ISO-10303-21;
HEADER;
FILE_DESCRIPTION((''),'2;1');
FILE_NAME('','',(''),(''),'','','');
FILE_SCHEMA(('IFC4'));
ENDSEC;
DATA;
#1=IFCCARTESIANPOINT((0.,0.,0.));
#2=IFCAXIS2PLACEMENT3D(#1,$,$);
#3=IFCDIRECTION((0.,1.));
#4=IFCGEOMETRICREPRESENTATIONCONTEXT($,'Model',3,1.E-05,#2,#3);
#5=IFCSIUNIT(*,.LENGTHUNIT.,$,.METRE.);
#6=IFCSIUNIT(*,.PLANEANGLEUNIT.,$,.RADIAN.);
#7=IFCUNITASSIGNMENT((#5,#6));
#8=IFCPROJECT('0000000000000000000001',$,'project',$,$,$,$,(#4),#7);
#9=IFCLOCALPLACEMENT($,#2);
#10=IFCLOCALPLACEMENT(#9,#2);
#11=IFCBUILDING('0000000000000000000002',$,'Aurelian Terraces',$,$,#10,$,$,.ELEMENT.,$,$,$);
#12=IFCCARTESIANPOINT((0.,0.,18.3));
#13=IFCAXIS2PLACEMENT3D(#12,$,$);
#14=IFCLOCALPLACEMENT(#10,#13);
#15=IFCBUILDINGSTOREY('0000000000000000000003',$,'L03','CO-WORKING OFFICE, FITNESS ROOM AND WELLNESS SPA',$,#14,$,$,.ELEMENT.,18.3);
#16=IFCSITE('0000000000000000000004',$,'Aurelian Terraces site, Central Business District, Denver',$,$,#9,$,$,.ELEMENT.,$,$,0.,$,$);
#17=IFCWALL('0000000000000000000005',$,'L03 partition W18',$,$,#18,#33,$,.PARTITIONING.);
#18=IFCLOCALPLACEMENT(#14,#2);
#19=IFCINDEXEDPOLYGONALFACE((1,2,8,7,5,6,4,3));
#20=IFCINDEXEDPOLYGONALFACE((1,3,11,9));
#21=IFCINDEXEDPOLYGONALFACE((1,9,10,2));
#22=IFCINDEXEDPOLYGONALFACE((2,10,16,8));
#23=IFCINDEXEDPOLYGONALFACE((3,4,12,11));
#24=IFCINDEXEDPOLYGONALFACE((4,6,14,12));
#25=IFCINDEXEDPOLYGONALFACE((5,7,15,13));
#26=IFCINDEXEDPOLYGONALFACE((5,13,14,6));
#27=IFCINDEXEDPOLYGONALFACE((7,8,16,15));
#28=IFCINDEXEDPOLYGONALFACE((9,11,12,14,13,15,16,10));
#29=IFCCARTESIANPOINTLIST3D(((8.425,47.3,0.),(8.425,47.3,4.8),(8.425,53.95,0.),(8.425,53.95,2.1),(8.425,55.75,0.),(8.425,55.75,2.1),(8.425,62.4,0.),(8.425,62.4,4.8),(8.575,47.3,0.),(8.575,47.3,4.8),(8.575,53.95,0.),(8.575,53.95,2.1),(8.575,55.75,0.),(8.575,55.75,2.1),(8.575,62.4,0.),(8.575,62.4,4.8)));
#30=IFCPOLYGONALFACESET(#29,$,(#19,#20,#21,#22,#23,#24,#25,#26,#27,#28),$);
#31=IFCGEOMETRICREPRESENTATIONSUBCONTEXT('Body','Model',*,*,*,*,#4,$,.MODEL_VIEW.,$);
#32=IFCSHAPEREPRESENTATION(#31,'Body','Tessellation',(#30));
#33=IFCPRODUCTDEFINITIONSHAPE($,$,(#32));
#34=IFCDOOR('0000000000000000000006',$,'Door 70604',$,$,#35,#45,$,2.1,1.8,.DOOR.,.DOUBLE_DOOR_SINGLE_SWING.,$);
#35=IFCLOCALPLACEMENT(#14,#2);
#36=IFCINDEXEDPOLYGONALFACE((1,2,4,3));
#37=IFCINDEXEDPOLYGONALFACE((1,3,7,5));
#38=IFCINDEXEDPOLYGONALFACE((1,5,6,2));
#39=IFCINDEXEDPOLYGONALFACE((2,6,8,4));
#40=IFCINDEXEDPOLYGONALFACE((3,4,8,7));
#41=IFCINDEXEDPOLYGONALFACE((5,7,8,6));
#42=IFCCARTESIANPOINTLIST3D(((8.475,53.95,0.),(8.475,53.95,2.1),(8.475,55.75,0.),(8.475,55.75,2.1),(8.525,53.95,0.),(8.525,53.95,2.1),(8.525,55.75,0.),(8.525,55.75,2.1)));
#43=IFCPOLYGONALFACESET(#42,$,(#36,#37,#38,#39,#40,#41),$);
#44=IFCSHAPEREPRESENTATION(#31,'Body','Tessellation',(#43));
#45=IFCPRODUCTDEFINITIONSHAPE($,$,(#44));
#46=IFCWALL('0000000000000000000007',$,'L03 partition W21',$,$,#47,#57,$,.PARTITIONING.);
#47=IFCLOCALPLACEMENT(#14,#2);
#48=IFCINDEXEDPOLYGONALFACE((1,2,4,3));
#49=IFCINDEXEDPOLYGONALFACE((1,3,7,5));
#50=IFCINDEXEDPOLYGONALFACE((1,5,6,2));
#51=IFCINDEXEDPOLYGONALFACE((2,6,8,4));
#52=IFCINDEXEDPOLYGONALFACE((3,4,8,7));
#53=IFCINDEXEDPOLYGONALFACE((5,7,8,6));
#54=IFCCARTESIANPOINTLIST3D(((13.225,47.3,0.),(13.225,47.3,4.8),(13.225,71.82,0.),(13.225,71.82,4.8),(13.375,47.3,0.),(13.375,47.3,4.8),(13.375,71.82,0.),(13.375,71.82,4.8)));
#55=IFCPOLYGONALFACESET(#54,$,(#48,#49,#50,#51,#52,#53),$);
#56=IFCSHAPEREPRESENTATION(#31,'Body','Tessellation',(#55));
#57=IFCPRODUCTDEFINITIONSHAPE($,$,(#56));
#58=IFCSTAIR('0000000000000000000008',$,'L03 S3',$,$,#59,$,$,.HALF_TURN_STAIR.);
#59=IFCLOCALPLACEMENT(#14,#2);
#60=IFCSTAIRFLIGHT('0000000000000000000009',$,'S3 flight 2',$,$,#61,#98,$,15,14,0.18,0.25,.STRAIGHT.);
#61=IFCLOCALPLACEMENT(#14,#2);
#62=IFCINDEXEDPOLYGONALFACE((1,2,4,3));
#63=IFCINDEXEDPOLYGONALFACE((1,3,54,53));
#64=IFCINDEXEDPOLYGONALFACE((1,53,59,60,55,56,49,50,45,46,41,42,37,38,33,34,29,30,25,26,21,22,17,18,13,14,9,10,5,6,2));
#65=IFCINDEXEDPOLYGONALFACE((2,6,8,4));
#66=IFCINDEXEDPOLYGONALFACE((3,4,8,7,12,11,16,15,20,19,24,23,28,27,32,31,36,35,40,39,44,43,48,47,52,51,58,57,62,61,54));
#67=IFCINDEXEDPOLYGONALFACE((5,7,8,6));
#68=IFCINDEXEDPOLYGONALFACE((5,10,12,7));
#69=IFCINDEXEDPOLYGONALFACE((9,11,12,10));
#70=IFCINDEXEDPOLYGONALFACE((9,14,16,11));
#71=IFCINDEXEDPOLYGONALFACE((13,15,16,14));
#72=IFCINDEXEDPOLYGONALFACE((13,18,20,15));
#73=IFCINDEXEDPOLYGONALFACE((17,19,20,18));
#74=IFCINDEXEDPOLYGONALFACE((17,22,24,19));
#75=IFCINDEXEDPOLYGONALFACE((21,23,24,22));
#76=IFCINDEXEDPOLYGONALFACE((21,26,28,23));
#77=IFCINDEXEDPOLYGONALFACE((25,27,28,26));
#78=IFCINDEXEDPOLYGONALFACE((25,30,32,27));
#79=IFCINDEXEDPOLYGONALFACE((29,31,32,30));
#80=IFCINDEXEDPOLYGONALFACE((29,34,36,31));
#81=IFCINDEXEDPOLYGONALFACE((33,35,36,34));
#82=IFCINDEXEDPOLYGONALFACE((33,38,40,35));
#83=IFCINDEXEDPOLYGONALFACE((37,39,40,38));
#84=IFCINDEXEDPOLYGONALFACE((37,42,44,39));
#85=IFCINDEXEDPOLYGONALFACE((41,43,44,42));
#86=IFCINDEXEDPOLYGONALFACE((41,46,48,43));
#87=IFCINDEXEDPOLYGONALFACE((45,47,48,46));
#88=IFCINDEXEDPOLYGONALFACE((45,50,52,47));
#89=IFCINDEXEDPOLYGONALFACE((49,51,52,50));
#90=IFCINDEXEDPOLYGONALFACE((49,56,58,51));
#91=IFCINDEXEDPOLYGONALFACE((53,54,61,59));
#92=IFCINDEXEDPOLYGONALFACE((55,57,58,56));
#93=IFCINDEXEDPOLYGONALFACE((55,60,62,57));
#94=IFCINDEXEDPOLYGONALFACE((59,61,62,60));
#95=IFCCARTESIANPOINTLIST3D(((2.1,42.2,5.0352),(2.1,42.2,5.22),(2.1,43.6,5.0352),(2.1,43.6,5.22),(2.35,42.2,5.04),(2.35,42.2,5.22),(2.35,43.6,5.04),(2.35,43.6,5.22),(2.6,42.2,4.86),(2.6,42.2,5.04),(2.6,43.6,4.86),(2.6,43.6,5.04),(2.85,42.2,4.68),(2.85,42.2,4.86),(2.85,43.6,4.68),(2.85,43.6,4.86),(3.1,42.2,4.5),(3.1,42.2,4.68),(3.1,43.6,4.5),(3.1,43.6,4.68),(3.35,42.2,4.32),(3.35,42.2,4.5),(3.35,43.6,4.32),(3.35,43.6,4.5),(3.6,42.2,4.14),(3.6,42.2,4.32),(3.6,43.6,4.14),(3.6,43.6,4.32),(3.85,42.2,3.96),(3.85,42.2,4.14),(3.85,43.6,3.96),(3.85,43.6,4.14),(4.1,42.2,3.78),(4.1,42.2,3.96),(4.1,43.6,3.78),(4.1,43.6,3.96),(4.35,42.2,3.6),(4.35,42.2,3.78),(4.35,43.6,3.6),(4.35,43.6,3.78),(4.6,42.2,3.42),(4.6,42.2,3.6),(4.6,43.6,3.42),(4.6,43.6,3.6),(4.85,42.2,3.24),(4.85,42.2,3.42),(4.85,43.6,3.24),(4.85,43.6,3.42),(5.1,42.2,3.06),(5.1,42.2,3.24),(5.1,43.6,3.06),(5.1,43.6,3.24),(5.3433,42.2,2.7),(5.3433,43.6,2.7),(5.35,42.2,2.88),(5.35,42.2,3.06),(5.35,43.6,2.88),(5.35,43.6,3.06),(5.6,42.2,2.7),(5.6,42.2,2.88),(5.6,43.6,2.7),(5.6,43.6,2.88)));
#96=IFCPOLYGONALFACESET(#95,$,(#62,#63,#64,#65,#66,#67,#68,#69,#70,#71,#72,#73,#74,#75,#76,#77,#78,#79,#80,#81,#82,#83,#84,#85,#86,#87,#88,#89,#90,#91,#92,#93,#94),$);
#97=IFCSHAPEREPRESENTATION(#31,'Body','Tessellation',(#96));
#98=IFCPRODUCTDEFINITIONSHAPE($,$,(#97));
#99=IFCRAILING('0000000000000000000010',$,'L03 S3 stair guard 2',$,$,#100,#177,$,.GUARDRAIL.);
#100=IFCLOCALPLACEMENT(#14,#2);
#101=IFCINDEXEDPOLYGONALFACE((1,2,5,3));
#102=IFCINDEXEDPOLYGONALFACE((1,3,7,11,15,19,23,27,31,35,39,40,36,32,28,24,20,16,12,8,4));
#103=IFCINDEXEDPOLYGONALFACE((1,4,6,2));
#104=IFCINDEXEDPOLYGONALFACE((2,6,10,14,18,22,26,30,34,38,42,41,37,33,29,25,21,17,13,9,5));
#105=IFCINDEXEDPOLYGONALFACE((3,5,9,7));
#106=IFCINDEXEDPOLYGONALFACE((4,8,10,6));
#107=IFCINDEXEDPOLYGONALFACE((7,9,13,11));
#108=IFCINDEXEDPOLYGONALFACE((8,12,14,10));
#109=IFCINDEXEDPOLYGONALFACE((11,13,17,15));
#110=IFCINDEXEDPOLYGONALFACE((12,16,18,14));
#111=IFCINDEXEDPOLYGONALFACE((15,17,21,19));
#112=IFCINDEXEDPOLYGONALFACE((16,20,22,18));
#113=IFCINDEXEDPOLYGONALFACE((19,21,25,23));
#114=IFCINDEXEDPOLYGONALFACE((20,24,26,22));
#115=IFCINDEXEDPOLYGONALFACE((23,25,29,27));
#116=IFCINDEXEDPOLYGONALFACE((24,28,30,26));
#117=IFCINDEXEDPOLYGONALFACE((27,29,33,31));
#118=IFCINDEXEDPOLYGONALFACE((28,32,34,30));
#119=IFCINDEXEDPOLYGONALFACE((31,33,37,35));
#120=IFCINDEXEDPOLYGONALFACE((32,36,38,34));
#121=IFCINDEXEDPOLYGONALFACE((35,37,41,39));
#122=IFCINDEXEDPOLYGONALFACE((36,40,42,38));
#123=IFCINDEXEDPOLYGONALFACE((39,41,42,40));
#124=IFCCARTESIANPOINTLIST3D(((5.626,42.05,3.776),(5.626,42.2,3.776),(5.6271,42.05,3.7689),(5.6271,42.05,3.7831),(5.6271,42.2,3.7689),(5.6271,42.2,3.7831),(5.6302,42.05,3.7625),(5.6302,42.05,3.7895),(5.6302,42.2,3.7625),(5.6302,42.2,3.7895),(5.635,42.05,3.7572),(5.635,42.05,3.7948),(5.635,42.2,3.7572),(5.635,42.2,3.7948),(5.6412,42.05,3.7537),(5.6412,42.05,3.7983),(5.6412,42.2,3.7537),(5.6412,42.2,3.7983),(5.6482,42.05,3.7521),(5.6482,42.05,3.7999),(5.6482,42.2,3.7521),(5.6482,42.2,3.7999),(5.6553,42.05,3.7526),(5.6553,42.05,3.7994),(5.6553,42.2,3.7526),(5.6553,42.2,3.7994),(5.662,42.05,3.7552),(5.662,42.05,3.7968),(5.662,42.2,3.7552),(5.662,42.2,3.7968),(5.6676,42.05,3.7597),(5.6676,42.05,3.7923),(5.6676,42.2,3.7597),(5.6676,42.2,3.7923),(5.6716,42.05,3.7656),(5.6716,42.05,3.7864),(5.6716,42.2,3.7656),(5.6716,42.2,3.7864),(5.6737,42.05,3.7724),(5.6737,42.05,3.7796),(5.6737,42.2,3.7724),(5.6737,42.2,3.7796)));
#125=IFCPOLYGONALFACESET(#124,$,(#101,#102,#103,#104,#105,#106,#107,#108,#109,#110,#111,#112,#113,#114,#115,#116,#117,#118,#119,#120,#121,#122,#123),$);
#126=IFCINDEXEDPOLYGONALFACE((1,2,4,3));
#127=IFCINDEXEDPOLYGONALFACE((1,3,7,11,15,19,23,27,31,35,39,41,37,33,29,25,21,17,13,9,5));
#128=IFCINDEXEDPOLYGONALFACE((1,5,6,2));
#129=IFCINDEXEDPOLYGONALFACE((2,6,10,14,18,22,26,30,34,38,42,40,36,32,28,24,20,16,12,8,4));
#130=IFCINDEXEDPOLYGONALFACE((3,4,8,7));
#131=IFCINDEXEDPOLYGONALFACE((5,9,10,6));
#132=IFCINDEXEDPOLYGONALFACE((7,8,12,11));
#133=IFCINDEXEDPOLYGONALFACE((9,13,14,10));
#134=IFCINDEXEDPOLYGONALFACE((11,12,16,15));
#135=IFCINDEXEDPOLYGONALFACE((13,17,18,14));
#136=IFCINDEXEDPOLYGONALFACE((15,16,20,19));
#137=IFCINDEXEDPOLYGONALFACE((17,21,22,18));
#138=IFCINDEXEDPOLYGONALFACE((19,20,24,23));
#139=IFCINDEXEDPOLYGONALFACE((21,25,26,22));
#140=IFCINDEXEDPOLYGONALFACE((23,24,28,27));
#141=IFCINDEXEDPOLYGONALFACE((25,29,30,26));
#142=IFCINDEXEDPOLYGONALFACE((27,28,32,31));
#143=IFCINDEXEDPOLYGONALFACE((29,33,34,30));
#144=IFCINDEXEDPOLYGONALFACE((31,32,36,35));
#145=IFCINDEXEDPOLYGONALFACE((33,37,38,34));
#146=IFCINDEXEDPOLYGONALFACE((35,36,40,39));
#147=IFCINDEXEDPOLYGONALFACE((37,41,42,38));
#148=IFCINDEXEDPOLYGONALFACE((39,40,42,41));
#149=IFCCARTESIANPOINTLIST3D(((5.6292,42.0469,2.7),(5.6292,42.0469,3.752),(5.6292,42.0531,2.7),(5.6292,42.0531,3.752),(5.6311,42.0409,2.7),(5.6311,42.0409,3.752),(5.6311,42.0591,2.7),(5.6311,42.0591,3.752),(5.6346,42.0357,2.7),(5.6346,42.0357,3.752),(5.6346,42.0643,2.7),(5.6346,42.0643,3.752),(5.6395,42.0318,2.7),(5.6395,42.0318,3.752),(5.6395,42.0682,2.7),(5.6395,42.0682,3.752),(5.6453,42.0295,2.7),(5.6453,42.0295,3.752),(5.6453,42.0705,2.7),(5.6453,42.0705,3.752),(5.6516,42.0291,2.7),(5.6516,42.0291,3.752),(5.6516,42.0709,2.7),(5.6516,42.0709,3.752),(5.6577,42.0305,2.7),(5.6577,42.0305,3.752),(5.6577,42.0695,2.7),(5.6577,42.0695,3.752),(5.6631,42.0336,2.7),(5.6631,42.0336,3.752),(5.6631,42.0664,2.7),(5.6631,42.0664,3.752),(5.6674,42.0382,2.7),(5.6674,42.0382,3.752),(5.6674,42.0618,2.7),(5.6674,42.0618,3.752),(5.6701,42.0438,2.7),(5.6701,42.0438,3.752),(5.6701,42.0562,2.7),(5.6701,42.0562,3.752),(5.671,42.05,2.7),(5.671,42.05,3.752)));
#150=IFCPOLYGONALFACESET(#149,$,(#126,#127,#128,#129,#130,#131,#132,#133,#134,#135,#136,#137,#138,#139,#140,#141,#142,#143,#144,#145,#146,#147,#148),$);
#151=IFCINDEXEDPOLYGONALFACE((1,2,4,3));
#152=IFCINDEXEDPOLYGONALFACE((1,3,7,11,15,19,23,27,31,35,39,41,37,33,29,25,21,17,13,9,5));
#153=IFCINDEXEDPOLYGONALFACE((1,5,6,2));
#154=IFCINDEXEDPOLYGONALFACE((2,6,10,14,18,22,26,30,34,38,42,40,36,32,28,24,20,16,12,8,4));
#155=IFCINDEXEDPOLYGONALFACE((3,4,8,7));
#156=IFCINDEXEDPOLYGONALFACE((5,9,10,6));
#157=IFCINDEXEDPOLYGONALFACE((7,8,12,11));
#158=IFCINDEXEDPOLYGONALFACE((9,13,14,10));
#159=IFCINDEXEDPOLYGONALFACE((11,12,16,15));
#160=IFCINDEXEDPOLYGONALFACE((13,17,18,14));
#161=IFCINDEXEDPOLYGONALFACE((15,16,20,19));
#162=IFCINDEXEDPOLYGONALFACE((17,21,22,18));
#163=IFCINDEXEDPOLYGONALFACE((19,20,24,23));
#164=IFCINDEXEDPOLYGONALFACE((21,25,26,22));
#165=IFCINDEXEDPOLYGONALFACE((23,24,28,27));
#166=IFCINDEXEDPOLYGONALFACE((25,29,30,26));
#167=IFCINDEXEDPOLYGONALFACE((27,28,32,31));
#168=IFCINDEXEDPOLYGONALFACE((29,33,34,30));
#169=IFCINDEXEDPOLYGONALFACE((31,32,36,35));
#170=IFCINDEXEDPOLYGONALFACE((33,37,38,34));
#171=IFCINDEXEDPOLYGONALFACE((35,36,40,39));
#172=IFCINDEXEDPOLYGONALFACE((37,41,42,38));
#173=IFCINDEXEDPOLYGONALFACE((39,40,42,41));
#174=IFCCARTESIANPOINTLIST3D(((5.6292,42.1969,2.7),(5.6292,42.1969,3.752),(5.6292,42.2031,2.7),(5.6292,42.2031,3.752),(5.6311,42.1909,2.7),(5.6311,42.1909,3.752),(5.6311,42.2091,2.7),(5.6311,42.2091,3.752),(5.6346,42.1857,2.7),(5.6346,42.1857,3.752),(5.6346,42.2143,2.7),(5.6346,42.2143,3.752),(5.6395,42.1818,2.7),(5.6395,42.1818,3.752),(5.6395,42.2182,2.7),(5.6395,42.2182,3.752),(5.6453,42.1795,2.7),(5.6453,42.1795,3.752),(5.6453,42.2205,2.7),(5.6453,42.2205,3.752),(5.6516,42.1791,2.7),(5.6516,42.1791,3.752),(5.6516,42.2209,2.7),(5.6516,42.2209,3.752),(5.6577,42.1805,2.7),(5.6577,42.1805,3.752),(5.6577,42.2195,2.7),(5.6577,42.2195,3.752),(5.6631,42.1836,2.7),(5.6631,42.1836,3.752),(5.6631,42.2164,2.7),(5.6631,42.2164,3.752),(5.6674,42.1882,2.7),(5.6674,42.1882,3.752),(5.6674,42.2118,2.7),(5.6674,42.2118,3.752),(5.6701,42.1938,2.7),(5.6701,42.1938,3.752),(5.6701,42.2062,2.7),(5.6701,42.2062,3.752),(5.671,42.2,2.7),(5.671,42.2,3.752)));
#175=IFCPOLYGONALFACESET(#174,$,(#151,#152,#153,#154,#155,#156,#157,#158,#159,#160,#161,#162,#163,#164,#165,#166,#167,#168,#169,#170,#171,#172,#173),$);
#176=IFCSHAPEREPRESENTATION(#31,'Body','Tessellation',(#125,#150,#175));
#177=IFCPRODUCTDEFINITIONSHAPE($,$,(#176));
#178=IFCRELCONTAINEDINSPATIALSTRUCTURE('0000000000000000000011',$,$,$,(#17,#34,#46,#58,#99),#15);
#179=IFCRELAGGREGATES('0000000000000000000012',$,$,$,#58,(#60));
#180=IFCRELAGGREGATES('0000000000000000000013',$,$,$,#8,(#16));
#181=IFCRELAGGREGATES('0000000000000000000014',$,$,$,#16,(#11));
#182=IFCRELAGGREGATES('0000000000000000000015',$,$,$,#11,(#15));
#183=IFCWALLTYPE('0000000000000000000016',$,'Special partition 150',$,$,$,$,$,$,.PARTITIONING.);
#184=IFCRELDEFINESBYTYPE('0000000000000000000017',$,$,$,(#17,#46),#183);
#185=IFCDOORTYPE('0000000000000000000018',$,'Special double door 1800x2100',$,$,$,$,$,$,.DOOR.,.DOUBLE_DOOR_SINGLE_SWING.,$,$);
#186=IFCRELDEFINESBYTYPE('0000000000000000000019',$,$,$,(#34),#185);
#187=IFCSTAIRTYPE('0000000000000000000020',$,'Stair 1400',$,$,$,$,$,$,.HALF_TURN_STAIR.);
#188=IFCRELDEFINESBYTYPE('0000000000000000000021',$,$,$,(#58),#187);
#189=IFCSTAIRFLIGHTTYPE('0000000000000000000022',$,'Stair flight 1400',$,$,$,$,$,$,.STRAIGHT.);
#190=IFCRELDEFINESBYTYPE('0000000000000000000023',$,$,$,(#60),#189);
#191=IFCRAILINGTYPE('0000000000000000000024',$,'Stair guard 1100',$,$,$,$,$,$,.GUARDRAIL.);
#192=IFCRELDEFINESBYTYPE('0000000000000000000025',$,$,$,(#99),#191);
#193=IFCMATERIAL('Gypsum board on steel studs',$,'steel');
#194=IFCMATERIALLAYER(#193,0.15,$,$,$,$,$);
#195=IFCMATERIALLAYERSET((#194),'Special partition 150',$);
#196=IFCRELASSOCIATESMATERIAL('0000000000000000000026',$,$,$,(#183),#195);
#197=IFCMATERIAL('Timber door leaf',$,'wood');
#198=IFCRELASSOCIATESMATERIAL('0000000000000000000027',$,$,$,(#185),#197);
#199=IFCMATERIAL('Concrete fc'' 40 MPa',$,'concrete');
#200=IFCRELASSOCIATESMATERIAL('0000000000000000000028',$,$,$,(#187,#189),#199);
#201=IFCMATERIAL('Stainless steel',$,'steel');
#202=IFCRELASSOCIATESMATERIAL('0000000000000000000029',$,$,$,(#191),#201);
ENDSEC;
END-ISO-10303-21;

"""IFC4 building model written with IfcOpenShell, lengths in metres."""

from ifc_helpers import new_model, si_unit, direction, frame, frame_2d, origin, origin_2d, place, context, subcontext, project, spatial, polyline, rectangle, circle, outline, extrude, source, transform, mapped, material, layer, layer_set, type_object, element, fill, aggregate, save


model = new_model("IFC4")

# Units and contexts
model_context = context("Model", 3, precision=1e-05, world=origin(), true_north=direction((0.0, 1.0)))
body_context = subcontext(model_context, "Body", "Model", "MODEL_VIEW")
ifc_project = project(units=[si_unit("LENGTHUNIT", "METRE"), si_unit("PLANEANGLEUNIT", "RADIAN")], contexts=[model_context])

# Site, building, storey
site_placement = place(None, origin())
site = spatial("IfcSite", under=ifc_project, at=site_placement, Name="Aurelian Terraces site, Central Business District, Denver", CompositionType="ELEMENT", RefElevation=0.0)
building_placement = place(site_placement, origin())
building = spatial("IfcBuilding", under=site, at=building_placement, Name="Aurelian Terraces", CompositionType="ELEMENT")
storey_placement = place(building_placement, frame((0.0, 0.0, 18.3)))
storey = spatial("IfcBuildingStorey", under=building, at=storey_placement, Name="L03", Description="CO-WORKING OFFICE, FITNESS ROOM AND WELLNESS SPA", CompositionType="ELEMENT", Elevation=18.3)

# Shared definitions
ifc_material_1 = material(Name="Concrete fc' 40 MPa", Category="concrete")
ifc_material_2 = material(Name="Gypsum board on steel studs", Category="steel")
ifc_layer_1 = layer(ifc_material_2, 0.15)
ifc_layer_set_1 = layer_set([ifc_layer_1], Name="Special partition 150")
wall_type_1 = type_object("IfcWallType", Name="Special partition 150", PredefinedType="PARTITIONING", material=ifc_layer_set_1)

# Shared definitions
shared_shape_1 = source(origin(), body_context, "Body", "SweptSolid", [
    extrude(rectangle(XDim=1.8, YDim=2.1, at=frame_2d((0.9, 1.05))), frame((0.0, 0.085, 0.0), z_axis=(0.0, -1.0, 0.0), x_axis=(1.0, 0.0, 0.0)), (0.0, 0.0, 1.0), 0.17),
])
ifc_material_3 = material(Name="Timber door leaf", Category="wood")
door_type = type_object("IfcDoorType", Name="Special double door 1800x2100", OperationType="DOUBLE_DOOR_SINGLE_SWING", PredefinedType="DOOR", material=ifc_material_3)
shared_shape_2 = source(origin(), body_context, "Body", "SweptSolid", [
    extrude(rectangle(XDim=1.8, YDim=2.1, at=frame_2d((0.9, 1.05))), frame((0.0, 0.025, 0.0), z_axis=(0.0, -1.0, 0.0), x_axis=(1.0, 0.0, 0.0)), (0.0, 0.0, 1.0), 0.05),
])

# Wall, opening, door
shared_shape_3 = source(origin(), body_context, "Body", "SweptSolid", [
    extrude(rectangle(XDim=15.1, YDim=0.15, at=frame_2d((7.55, 0.0))), origin(), (0.0, 0.0, 1.0), 4.8),
])
wall_1_placement = place(storey_placement, frame((8.5, 47.3, 0.0), z_axis=(0.0, 0.0, 1.0), x_axis=(0.0, 1.0, 0.0)))
wall_1 = element("IfcWall", 1, at=wall_1_placement, inside=storey, type_object=wall_type_1, Name="L03 partition W18", PredefinedType="PARTITIONING", context=body_context, shape_type="MappedRepresentation", body=[
    mapped(shared_shape_3, transform((0.0, 0.0, 0.0), scale=1.0)),
])
opening_1_placement = place(wall_1_placement, frame((6.65, 0.0, 0.0)))
opening_1 = element("IfcOpeningElement", 2, at=opening_1_placement, cuts=wall_1, PredefinedType="OPENING", context=body_context, shape_type="MappedRepresentation", body=[
    mapped(shared_shape_1, transform((0.0, 0.0, 0.0), scale=1.0)),
])
door_1_placement = place(opening_1_placement, origin())
door_1 = element("IfcDoor", 3, at=door_1_placement, inside=storey, type_object=door_type, Name="Door 70604", OperationType="DOUBLE_DOOR_SINGLE_SWING", OverallHeight=2.1, OverallWidth=1.8, PredefinedType="DOOR", context=body_context, shape_type="MappedRepresentation", body=[
    mapped(shared_shape_2, transform((0.0, 0.0, 0.0), scale=1.0)),
])
fill(opening_1, door_1)

# Wall
shared_shape_4 = source(origin(), body_context, "Body", "SweptSolid", [
    extrude(rectangle(XDim=24.52, YDim=0.15, at=frame_2d((12.26, 0.0))), origin(), (0.0, 0.0, 1.0), 4.8),
])
wall_2_placement = place(storey_placement, frame((13.3, 47.3, 0.0), z_axis=(0.0, 0.0, 1.0), x_axis=(0.0, 1.0, 0.0)))
element("IfcWall", 4, at=wall_2_placement, inside=storey, type_object=wall_type_1, Name="L03 partition W21", PredefinedType="PARTITIONING", context=body_context, shape_type="MappedRepresentation", body=[
    mapped(shared_shape_4, transform((0.0, 0.0, 0.0), scale=1.0)),
])

# Stair, stair flight
stair_type = type_object("IfcStairType", Name="Stair 1400", PredefinedType="HALF_TURN_STAIR", material=ifc_material_1)
stair_placement = place(storey_placement, origin())
stair = element("IfcStair", 5, at=stair_placement, inside=storey, type_object=stair_type, Name="L03 S3", PredefinedType="HALF_TURN_STAIR")
stair_flight_type = type_object("IfcStairFlightType", Name="Stair flight 1400", PredefinedType="STRAIGHT", material=ifc_material_1)
shared_shape_5 = source(origin(), body_context, "Body", "SweptSolid", [
    extrude(outline(polyline([(0.0, 0.0), (0.0, 0.18), (0.25, 0.18), (0.25, 0.36), (0.5, 0.36), (0.5, 0.54), (0.75, 0.54), (0.75, 0.72), (1.0, 0.72), (1.0, 0.9), (1.25, 0.9), (1.25, 1.08), (1.5, 1.08), (1.5, 1.26), (1.75, 1.26), (1.75, 1.44), (2.0, 1.44), (2.0, 1.62), (2.25, 1.62), (2.25, 1.8), (2.5, 1.8), (2.5, 1.98), (2.75, 1.98), (2.75, 2.16), (3.0, 2.16), (3.0, 2.34), (3.25, 2.34), (3.25, 2.52), (3.5, 2.52), (3.5, 2.7), (3.5, 2.3352), (0.2567, 0.0), (0.0, 0.0)])), frame((0.0, 0.7, 0.0), z_axis=(0.0, -1.0, 0.0), x_axis=(1.0, 0.0, 0.0)), (0.0, 0.0, 1.0), 1.4),
])
stair_flight_placement = place(storey_placement, frame((5.6, 42.9, 2.7), z_axis=(0.0, 0.0, 1.0), x_axis=(-1.0, 0.0, 0.0)))
stair_flight = element("IfcStairFlight", 6, at=stair_flight_placement, type_object=stair_flight_type, Name="S3 flight 2", NumberOfRisers=15, NumberOfTreads=14, PredefinedType="STRAIGHT", RiserHeight=0.18, TreadLength=0.25, context=body_context, shape_type="MappedRepresentation", body=[
    mapped(shared_shape_5, transform((0.0, 0.0, 0.0), scale=1.0)),
])
aggregate(stair, [stair_flight])

# Railing
ifc_material_4 = material(Name="Stainless steel", Category="steel")
railing_type_1 = type_object("IfcRailingType", Name="Stair guard 1100", PredefinedType="GUARDRAIL", material=ifc_material_4)
shared_shape_6 = source(origin(), body_context, "Body", "SweptSolid", [
    extrude(circle(Radius=0.024, at=origin_2d()), frame((0.0, 0.0, 1.076), z_axis=(0.0, 1.0, 0.0), x_axis=(-1.0, 0.0, 0.0)), (0.0, 0.0, 1.0), 0.15),
    extrude(circle(Radius=0.021, at=origin_2d()), origin(), (0.0, 0.0, 1.0), 1.052),
    extrude(circle(Radius=0.021, at=origin_2d()), frame((0.0, 0.15, 0.0)), (0.0, 0.0, 1.0), 1.052),
])
for number, where, name in (
    (7, (5.65, 42.05, 2.7), "L03 S3 stair guard 2"),
):
    element("IfcRailing", number, at=place(storey_placement, frame(where)), inside=storey, type_object=railing_type_1, Name=name, PredefinedType="GUARDRAIL", context=body_context, shape_type="MappedRepresentation", body=[
        mapped(shared_shape_6, transform((0.0, 0.0, 0.0), scale=1.0)),
    ])

save(model, "model.ifc")
